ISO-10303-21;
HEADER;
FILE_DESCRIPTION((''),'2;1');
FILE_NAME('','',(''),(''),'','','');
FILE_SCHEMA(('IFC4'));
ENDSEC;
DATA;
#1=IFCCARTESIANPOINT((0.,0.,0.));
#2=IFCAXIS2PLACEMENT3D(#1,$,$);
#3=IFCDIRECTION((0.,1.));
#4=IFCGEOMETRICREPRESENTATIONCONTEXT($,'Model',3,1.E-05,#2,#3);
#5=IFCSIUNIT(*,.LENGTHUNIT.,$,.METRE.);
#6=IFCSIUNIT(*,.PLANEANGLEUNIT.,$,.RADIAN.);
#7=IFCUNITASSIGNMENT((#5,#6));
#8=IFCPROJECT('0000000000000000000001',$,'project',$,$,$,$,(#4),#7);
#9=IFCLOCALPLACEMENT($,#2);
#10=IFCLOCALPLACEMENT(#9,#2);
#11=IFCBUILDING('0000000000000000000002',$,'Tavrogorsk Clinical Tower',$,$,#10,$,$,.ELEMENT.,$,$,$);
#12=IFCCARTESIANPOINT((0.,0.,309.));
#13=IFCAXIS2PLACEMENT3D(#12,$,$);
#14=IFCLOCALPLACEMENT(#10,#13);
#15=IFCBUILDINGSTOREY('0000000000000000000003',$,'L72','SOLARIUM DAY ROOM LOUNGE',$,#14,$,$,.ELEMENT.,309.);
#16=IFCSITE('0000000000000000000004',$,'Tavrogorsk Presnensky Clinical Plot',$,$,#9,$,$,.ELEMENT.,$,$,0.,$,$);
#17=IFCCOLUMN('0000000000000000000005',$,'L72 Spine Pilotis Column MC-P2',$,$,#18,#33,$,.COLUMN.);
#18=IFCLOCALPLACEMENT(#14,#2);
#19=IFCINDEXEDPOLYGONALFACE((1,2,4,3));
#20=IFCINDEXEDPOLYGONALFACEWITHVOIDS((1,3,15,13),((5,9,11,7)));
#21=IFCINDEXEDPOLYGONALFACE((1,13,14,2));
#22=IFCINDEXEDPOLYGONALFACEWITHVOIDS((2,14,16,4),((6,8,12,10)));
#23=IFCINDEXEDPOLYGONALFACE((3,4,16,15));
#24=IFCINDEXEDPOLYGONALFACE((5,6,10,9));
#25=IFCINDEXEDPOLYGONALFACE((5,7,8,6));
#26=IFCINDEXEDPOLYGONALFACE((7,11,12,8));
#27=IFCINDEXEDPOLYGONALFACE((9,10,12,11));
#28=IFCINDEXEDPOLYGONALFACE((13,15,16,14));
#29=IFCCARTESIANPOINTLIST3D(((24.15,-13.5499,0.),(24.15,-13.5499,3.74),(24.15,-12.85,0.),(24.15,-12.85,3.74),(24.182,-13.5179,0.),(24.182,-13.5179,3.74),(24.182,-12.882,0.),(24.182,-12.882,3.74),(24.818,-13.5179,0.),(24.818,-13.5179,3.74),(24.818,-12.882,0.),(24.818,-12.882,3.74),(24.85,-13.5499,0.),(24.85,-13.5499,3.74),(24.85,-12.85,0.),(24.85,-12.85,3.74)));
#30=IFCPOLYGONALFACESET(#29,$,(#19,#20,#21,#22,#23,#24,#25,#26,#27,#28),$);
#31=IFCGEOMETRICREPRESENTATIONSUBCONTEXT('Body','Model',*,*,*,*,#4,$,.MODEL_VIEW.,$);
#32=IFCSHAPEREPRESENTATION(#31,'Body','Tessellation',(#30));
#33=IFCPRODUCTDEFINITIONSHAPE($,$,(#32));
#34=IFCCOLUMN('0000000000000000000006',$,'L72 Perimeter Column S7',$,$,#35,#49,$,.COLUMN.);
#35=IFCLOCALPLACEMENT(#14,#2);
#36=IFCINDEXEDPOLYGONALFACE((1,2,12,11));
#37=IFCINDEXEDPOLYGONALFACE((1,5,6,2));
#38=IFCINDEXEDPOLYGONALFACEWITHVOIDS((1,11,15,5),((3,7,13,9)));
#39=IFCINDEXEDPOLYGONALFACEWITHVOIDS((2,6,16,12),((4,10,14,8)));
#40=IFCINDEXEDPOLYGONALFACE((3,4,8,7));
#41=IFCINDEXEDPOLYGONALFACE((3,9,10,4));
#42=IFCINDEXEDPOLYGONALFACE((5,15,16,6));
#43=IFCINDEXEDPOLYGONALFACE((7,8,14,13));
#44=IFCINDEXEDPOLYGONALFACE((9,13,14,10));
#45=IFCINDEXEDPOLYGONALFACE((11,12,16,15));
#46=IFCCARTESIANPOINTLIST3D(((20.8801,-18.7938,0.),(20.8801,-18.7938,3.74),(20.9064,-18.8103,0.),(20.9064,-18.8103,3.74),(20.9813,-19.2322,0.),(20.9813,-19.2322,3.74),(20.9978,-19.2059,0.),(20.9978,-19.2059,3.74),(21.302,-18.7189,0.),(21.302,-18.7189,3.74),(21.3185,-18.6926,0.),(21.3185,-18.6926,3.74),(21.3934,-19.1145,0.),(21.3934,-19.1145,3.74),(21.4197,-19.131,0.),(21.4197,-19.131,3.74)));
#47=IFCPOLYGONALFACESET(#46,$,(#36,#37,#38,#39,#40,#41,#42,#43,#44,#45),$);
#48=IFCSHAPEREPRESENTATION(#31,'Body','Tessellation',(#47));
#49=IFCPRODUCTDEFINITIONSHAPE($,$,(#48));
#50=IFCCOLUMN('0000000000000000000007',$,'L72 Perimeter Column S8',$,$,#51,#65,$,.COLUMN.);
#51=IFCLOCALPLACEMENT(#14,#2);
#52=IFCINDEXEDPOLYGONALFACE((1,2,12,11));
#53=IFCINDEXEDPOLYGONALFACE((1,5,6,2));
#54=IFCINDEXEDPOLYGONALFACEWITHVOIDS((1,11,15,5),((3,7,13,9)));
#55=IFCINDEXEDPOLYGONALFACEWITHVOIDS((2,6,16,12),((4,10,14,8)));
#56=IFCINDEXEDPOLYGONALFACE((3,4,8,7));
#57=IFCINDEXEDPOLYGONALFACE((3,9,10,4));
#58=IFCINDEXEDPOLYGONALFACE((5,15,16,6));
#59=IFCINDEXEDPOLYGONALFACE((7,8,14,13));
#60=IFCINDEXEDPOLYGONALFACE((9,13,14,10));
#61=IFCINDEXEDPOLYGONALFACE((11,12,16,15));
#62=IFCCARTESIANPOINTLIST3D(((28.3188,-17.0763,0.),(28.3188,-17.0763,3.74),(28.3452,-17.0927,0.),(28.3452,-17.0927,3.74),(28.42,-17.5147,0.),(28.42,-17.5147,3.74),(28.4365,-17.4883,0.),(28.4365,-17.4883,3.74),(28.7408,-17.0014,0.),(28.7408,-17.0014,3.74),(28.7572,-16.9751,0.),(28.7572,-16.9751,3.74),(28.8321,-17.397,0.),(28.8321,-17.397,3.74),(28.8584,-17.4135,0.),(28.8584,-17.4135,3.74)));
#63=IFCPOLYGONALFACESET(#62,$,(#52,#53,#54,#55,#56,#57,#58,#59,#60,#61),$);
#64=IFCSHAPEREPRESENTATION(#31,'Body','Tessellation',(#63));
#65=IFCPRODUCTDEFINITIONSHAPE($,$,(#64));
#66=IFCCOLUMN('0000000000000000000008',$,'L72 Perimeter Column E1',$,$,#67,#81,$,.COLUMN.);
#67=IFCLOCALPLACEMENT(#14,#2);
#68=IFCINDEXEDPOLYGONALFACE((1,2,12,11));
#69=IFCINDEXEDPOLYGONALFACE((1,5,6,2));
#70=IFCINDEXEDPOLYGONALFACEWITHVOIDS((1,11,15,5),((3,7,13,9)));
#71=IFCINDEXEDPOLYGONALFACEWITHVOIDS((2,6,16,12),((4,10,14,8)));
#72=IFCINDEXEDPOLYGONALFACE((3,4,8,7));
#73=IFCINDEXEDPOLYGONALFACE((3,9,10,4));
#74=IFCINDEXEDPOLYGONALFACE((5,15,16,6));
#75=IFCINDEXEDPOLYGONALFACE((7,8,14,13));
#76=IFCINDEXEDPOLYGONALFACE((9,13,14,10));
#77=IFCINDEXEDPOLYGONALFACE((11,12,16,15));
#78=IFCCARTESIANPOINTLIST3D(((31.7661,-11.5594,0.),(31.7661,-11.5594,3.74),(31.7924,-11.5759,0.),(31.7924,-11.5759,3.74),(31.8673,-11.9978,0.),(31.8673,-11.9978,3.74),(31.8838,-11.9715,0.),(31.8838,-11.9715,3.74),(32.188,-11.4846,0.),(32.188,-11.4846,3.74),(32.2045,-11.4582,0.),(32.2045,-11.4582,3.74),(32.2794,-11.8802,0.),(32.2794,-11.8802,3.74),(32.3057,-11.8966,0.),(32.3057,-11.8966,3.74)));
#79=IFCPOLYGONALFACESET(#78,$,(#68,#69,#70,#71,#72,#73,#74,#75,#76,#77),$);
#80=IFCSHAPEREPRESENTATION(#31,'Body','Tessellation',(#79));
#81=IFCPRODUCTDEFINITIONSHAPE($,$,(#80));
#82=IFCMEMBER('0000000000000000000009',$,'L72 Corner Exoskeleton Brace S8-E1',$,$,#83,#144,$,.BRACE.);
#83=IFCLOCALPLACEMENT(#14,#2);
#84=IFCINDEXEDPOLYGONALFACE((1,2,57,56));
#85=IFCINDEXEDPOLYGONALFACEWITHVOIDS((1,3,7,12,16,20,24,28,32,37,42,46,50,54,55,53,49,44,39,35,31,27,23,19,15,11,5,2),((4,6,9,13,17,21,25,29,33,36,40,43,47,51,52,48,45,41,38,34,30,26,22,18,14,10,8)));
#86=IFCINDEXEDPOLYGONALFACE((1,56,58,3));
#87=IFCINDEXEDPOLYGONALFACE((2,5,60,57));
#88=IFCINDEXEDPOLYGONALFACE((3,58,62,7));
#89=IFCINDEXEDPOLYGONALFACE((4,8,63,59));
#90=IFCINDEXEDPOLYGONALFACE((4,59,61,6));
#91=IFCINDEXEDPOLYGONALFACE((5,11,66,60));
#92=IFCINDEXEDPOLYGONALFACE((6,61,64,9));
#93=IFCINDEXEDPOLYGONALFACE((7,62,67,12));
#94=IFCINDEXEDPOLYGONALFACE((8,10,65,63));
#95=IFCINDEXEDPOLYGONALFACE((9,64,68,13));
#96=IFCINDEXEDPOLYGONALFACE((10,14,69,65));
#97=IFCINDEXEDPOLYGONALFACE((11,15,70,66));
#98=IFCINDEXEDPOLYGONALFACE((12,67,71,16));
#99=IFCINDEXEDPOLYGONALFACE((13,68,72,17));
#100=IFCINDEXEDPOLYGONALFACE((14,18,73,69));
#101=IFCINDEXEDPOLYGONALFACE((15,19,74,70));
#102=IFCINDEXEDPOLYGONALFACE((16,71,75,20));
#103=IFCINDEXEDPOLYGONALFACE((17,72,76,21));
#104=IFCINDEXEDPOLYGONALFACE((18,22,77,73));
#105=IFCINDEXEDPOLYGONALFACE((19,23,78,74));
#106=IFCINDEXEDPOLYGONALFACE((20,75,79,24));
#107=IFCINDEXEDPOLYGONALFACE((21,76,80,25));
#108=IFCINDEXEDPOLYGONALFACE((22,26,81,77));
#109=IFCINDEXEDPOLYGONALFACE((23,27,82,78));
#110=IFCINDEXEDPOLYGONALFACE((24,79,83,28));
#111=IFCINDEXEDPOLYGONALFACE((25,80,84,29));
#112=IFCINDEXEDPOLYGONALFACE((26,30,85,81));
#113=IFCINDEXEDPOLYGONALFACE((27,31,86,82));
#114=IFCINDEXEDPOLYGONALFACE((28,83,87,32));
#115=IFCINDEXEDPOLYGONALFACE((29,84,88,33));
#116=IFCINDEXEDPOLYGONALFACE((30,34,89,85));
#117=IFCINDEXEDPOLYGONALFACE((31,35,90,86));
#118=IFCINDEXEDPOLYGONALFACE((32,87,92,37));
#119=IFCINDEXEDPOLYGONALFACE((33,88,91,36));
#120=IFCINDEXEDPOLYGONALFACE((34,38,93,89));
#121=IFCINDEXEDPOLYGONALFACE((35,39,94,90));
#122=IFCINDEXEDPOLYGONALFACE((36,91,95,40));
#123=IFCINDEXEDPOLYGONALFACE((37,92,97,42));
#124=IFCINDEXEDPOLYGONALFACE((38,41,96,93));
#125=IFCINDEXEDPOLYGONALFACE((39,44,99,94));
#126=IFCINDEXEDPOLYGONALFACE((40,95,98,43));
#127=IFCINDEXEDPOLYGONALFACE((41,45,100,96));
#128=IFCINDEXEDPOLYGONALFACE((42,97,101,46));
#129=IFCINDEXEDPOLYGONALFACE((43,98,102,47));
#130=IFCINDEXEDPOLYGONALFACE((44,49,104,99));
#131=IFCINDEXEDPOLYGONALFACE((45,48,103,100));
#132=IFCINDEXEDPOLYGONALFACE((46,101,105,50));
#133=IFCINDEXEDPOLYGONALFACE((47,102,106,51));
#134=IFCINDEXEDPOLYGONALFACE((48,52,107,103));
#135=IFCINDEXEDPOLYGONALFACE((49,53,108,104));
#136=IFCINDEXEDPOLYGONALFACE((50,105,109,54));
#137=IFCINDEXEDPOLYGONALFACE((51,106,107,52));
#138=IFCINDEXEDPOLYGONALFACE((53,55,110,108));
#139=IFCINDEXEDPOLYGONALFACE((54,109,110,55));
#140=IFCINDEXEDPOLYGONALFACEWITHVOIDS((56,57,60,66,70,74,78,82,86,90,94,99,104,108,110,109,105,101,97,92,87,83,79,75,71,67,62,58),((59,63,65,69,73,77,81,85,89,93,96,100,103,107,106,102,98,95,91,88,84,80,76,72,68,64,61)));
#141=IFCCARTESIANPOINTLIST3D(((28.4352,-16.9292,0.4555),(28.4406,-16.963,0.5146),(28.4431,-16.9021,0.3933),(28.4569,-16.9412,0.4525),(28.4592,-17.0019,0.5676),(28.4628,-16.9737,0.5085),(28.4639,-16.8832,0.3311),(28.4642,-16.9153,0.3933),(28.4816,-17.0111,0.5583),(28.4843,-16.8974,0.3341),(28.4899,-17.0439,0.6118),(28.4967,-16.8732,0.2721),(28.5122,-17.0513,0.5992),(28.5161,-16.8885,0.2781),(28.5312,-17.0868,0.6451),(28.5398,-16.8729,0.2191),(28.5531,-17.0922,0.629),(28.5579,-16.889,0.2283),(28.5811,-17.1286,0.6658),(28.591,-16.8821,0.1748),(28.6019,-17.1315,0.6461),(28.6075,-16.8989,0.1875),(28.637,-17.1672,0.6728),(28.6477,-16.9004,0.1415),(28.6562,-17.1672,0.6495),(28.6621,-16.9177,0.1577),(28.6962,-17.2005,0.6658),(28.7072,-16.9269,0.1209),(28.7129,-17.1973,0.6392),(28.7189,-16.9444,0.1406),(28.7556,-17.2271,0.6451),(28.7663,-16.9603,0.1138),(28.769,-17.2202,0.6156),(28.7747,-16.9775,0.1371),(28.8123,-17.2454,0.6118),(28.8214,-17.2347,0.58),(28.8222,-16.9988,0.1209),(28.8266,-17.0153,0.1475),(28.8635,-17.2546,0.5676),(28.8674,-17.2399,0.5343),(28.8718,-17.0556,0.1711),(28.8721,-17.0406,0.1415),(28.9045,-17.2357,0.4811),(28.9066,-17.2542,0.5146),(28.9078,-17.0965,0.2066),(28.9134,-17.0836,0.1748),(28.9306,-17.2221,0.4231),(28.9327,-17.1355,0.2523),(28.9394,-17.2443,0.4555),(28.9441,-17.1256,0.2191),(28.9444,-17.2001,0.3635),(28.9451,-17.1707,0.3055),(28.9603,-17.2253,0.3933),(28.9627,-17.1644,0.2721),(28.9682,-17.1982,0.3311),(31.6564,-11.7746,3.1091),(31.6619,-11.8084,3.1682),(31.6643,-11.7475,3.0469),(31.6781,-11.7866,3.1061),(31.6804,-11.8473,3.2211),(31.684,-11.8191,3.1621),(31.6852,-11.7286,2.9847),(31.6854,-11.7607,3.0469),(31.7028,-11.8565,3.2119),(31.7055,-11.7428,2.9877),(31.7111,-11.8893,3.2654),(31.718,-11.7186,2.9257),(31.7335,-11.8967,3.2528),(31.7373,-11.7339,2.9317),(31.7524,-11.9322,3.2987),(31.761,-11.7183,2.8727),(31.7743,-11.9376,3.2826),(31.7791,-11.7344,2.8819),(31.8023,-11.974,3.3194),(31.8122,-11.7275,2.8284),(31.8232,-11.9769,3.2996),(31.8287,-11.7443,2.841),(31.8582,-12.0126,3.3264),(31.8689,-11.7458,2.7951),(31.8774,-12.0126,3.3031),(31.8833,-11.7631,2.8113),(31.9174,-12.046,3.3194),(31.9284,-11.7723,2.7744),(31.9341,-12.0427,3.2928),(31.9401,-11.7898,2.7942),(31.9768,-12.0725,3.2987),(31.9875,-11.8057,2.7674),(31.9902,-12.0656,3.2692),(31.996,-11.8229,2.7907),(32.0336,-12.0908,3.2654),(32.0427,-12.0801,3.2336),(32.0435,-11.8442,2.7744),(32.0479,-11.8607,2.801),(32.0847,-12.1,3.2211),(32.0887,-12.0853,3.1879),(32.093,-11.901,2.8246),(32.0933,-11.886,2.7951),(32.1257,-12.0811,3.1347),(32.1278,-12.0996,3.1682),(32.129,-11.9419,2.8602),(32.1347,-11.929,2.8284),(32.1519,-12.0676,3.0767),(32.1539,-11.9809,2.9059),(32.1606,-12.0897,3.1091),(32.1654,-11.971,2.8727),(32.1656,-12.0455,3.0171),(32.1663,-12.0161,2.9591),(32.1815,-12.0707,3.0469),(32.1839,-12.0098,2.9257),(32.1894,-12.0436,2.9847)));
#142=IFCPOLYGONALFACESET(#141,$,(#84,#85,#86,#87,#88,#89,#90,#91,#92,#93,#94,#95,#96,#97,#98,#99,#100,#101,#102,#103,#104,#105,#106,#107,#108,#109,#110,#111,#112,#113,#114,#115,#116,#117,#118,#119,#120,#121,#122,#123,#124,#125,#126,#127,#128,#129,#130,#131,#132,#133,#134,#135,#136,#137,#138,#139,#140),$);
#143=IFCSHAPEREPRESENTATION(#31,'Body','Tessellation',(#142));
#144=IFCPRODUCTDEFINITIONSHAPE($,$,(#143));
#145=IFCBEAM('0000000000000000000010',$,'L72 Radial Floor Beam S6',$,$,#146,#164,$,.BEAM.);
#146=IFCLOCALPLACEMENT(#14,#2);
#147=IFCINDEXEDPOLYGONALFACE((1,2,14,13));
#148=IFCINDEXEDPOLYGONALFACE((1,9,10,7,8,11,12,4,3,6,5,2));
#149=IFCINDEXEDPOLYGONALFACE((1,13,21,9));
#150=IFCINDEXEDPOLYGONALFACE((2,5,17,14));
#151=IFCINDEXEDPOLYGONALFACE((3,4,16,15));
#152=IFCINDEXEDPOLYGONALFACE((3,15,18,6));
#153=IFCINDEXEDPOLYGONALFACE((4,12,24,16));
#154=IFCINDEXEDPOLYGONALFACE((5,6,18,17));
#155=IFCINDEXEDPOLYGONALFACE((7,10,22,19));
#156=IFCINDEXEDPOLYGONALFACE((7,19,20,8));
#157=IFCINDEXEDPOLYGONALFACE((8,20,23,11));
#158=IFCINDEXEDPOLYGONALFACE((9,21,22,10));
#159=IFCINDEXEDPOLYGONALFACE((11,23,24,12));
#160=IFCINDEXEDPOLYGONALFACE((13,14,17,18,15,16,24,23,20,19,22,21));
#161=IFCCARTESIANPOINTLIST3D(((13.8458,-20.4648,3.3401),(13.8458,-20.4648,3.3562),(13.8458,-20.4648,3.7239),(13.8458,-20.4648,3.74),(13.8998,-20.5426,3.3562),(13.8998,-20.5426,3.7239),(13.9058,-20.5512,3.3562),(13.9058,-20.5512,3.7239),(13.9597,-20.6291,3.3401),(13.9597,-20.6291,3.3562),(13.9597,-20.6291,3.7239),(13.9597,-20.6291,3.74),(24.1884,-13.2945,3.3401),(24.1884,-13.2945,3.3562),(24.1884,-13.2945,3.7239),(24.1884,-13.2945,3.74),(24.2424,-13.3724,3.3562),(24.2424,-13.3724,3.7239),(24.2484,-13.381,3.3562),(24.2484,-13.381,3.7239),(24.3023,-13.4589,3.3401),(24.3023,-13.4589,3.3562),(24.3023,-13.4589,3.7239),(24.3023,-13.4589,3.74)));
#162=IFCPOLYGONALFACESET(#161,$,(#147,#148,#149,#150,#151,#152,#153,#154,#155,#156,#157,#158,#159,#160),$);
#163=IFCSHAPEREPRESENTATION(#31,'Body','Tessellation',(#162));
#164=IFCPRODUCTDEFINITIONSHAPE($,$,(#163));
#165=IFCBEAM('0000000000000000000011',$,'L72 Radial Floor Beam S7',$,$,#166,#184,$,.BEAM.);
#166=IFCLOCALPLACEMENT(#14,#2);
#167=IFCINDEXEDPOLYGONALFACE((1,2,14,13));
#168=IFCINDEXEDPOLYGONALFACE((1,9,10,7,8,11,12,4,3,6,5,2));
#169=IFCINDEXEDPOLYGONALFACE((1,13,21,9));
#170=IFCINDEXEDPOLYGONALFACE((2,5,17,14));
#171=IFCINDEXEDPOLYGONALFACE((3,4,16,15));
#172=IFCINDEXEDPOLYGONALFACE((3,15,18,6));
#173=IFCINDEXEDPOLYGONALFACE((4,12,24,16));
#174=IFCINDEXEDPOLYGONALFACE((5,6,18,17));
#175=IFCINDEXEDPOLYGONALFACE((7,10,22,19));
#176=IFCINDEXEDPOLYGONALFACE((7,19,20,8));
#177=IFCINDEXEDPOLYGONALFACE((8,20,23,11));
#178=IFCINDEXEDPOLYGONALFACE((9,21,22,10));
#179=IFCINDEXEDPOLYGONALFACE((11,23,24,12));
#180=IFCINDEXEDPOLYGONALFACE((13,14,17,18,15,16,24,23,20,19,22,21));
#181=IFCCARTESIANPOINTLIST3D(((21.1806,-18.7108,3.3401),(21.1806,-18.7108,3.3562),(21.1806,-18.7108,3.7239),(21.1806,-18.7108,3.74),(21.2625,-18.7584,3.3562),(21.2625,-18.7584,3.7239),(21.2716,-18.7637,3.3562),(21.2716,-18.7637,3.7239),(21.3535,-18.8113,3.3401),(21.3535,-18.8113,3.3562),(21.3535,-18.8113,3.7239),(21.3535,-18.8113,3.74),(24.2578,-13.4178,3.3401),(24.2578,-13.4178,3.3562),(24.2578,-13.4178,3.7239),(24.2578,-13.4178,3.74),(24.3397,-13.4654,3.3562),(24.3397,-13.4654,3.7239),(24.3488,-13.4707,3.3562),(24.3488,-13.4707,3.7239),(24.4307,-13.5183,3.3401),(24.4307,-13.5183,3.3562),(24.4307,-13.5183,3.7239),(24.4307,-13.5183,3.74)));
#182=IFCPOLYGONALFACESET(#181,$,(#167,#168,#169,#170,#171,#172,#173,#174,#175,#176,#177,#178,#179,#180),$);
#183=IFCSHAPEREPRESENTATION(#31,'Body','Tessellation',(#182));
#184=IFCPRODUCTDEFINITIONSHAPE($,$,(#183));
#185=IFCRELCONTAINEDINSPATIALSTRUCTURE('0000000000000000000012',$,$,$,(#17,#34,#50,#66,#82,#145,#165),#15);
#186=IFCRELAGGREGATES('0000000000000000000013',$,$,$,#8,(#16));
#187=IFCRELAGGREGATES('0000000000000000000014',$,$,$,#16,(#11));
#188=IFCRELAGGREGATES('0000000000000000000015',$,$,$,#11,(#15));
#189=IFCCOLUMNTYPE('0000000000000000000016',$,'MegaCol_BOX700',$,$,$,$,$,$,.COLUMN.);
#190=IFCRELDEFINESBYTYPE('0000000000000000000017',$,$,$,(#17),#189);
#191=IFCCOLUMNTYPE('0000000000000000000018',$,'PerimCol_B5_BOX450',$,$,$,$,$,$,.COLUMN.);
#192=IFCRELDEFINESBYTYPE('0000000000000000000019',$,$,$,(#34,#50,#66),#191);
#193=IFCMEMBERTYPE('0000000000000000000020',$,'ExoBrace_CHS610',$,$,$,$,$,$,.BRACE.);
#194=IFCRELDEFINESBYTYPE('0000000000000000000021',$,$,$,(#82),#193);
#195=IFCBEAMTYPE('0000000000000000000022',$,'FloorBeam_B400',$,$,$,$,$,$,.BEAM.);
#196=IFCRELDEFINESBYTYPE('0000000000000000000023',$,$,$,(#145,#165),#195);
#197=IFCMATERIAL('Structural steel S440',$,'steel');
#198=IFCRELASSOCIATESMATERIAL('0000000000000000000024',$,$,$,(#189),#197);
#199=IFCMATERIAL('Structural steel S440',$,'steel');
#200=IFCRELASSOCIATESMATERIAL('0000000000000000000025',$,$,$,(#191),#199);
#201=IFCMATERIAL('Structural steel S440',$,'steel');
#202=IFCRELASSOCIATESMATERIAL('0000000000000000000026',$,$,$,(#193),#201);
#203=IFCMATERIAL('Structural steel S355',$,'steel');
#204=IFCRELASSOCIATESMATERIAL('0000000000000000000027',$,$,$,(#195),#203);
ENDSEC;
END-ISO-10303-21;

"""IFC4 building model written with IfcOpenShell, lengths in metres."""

from ifc_helpers import new_model, si_unit, direction, frame, origin, origin_2d, place, context, subcontext, project, spatial, hollow_rectangle, hollow_circle, i_section, extrude, material, material_profile, profile_set, type_object, element, save


model = new_model("IFC4")

# Units and contexts
model_context = context("Model", 3, precision=1e-05, world=origin(), true_north=direction((0.0, 1.0)))
body_context = subcontext(model_context, "Body", "Model", "MODEL_VIEW")
ifc_project = project(units=[si_unit("LENGTHUNIT", "METRE"), si_unit("PLANEANGLEUNIT", "RADIAN")], contexts=[model_context])

# Site, building, storey
site_placement = place(None, origin())
site = spatial("IfcSite", under=ifc_project, at=site_placement, Name="Tavrogorsk Presnensky Clinical Plot", CompositionType="ELEMENT", RefElevation=0.0)
building_placement = place(site_placement, origin())
building = spatial("IfcBuilding", under=site, at=building_placement, Name="Tavrogorsk Clinical Tower", CompositionType="ELEMENT")
storey_placement = place(building_placement, frame((0.0, 0.0, 309.0)))
storey = spatial("IfcBuildingStorey", under=building, at=storey_placement, Name="L72", Description="SOLARIUM DAY ROOM LOUNGE", CompositionType="ELEMENT", Elevation=309.0)

# Columns
ifc_material_1 = material(Name="Structural steel S440", Category="steel")
ifc_material_profile_1 = material_profile(ifc_material_1, hollow_rectangle(XDim=0.7, YDim=0.7, WallThickness=0.032, at=origin_2d()), Name="BOX-700x700x32")
ifc_profile_set_1 = profile_set([ifc_material_profile_1], Name="Structural steel S440")
column_type_1 = type_object("IfcColumnType", Name="MegaCol_BOX700", PredefinedType="COLUMN", material=ifc_profile_set_1)
column_placement = place(storey_placement, frame((24.5, -13.2, 0.0), z_axis=(0.0, 0.0, 1.0), x_axis=(1.0, 0.0, 0.0)))
element("IfcColumn", 1, at=column_placement, inside=storey, type_object=column_type_1, Name="L72 Spine Pilotis Column MC-P2", PredefinedType="COLUMN", context=body_context, shape_type="SweptSolid", body=[
    extrude(hollow_rectangle(XDim=0.7, YDim=0.7, WallThickness=0.032, at=origin_2d()), origin(), (0.0, 0.0, 1.0), 3.74),
])
ifc_material_2 = material(Name="Structural steel S440", Category="steel")
ifc_material_profile_2 = material_profile(ifc_material_2, hollow_rectangle(XDim=0.45, YDim=0.45, WallThickness=0.022, at=origin_2d()), Name="BOX-450x450x22")
ifc_profile_set_2 = profile_set([ifc_material_profile_2], Name="Structural steel S440")
column_type_2 = type_object("IfcColumnType", Name="PerimCol_B5_BOX450", PredefinedType="COLUMN", material=ifc_profile_set_2)
for number, where, z_axis, x_axis, name in (
    (2, (21.1499, -18.9624, 0.0), (0.0, 0.0, 1.0), (0.97437, 0.224951, 0.0), "L72 Perimeter Column S7"),
    (3, (28.5886, -17.2449, 0.0), (0.0, 0.0, 1.0), (0.97437, 0.224951, 0.0), "L72 Perimeter Column S8"),
    (4, (32.0359, -11.728, 0.0), (0.0, 0.0, 1.0), (0.97437, 0.224951, 0.0), "L72 Perimeter Column E1"),
):
    element("IfcColumn", number, at=place(storey_placement, frame(where, z_axis=z_axis, x_axis=x_axis)), inside=storey, type_object=column_type_2, Name=name, PredefinedType="COLUMN", context=body_context, shape_type="SweptSolid", body=[
        extrude(hollow_rectangle(XDim=0.45, YDim=0.45, WallThickness=0.022, at=origin_2d()), origin(), (0.0, 0.0, 1.0), 3.74),
    ])

# Member
ifc_material_3 = material(Name="Structural steel S440", Category="steel")
ifc_material_profile_3 = material_profile(ifc_material_3, hollow_circle(Radius=0.3049, WallThickness=0.0249, at=origin_2d()), Name="CHS-610x25")
ifc_profile_set_3 = profile_set([ifc_material_profile_3], Name="Structural steel S440")
member_type = type_object("IfcMemberType", Name="ExoBrace_CHS610", PredefinedType="BRACE", material=ifc_profile_set_3)
member_placement = place(storey_placement, frame((28.7017, -17.0637, 0.3933), z_axis=(0.485686, 0.777193, 0.4001), x_axis=(-0.848028, 0.529952, 0.0)))
element("IfcMember", 5, at=member_placement, inside=storey, type_object=member_type, Name="L72 Corner Exoskeleton Brace S8-E1", PredefinedType="BRACE", context=body_context, shape_type="SweptSolid", body=[
    extrude(hollow_circle(Radius=0.3049, WallThickness=0.0249, at=origin_2d()), origin(), (0.0, 0.0, 1.0), 6.6323),
])

# Beams
ifc_material_4 = material(Name="Structural steel S355", Category="steel")
ifc_material_profile_4 = material_profile(ifc_material_4, i_section(OverallWidth=0.2, OverallDepth=0.3999, WebThickness=0.0105, FlangeThickness=0.0161, at=origin_2d()), Name="B-400x200x10.5x16")
ifc_profile_set_4 = profile_set([ifc_material_profile_4], Name="Structural steel S355")
beam_type_1 = type_object("IfcBeamType", Name="FloorBeam_B400", PredefinedType="BEAM", material=ifc_profile_set_4)
beam_1_placement = place(storey_placement, frame((24.2454, -13.3767, 3.54), z_axis=(-0.821822, -0.569745, 0.0), x_axis=(0.569745, -0.821822, 0.0)))
element("IfcBeam", 6, at=beam_1_placement, inside=storey, type_object=beam_type_1, Name="L72 Radial Floor Beam S6", PredefinedType="BEAM", context=body_context, shape_type="SweptSolid", body=[
    extrude(i_section(OverallWidth=0.2, OverallDepth=0.3999, WebThickness=0.0105, FlangeThickness=0.0161, at=origin_2d()), origin(), (0.0, 0.0, 1.0), 12.585),
])
beam_2_placement = place(storey_placement, frame((24.3442, -13.468, 3.54), z_axis=(-0.502601, -0.864518, 0.0), x_axis=(0.864518, -0.502601, 0.0)))
element("IfcBeam", 7, at=beam_2_placement, inside=storey, type_object=beam_type_1, Name="L72 Radial Floor Beam S7", PredefinedType="BEAM", context=body_context, shape_type="SweptSolid", body=[
    extrude(i_section(OverallWidth=0.2, OverallDepth=0.3999, WebThickness=0.0105, FlangeThickness=0.0161, at=origin_2d()), origin(), (0.0, 0.0, 1.0), 6.1226),
])

save(model, "model.ifc")
